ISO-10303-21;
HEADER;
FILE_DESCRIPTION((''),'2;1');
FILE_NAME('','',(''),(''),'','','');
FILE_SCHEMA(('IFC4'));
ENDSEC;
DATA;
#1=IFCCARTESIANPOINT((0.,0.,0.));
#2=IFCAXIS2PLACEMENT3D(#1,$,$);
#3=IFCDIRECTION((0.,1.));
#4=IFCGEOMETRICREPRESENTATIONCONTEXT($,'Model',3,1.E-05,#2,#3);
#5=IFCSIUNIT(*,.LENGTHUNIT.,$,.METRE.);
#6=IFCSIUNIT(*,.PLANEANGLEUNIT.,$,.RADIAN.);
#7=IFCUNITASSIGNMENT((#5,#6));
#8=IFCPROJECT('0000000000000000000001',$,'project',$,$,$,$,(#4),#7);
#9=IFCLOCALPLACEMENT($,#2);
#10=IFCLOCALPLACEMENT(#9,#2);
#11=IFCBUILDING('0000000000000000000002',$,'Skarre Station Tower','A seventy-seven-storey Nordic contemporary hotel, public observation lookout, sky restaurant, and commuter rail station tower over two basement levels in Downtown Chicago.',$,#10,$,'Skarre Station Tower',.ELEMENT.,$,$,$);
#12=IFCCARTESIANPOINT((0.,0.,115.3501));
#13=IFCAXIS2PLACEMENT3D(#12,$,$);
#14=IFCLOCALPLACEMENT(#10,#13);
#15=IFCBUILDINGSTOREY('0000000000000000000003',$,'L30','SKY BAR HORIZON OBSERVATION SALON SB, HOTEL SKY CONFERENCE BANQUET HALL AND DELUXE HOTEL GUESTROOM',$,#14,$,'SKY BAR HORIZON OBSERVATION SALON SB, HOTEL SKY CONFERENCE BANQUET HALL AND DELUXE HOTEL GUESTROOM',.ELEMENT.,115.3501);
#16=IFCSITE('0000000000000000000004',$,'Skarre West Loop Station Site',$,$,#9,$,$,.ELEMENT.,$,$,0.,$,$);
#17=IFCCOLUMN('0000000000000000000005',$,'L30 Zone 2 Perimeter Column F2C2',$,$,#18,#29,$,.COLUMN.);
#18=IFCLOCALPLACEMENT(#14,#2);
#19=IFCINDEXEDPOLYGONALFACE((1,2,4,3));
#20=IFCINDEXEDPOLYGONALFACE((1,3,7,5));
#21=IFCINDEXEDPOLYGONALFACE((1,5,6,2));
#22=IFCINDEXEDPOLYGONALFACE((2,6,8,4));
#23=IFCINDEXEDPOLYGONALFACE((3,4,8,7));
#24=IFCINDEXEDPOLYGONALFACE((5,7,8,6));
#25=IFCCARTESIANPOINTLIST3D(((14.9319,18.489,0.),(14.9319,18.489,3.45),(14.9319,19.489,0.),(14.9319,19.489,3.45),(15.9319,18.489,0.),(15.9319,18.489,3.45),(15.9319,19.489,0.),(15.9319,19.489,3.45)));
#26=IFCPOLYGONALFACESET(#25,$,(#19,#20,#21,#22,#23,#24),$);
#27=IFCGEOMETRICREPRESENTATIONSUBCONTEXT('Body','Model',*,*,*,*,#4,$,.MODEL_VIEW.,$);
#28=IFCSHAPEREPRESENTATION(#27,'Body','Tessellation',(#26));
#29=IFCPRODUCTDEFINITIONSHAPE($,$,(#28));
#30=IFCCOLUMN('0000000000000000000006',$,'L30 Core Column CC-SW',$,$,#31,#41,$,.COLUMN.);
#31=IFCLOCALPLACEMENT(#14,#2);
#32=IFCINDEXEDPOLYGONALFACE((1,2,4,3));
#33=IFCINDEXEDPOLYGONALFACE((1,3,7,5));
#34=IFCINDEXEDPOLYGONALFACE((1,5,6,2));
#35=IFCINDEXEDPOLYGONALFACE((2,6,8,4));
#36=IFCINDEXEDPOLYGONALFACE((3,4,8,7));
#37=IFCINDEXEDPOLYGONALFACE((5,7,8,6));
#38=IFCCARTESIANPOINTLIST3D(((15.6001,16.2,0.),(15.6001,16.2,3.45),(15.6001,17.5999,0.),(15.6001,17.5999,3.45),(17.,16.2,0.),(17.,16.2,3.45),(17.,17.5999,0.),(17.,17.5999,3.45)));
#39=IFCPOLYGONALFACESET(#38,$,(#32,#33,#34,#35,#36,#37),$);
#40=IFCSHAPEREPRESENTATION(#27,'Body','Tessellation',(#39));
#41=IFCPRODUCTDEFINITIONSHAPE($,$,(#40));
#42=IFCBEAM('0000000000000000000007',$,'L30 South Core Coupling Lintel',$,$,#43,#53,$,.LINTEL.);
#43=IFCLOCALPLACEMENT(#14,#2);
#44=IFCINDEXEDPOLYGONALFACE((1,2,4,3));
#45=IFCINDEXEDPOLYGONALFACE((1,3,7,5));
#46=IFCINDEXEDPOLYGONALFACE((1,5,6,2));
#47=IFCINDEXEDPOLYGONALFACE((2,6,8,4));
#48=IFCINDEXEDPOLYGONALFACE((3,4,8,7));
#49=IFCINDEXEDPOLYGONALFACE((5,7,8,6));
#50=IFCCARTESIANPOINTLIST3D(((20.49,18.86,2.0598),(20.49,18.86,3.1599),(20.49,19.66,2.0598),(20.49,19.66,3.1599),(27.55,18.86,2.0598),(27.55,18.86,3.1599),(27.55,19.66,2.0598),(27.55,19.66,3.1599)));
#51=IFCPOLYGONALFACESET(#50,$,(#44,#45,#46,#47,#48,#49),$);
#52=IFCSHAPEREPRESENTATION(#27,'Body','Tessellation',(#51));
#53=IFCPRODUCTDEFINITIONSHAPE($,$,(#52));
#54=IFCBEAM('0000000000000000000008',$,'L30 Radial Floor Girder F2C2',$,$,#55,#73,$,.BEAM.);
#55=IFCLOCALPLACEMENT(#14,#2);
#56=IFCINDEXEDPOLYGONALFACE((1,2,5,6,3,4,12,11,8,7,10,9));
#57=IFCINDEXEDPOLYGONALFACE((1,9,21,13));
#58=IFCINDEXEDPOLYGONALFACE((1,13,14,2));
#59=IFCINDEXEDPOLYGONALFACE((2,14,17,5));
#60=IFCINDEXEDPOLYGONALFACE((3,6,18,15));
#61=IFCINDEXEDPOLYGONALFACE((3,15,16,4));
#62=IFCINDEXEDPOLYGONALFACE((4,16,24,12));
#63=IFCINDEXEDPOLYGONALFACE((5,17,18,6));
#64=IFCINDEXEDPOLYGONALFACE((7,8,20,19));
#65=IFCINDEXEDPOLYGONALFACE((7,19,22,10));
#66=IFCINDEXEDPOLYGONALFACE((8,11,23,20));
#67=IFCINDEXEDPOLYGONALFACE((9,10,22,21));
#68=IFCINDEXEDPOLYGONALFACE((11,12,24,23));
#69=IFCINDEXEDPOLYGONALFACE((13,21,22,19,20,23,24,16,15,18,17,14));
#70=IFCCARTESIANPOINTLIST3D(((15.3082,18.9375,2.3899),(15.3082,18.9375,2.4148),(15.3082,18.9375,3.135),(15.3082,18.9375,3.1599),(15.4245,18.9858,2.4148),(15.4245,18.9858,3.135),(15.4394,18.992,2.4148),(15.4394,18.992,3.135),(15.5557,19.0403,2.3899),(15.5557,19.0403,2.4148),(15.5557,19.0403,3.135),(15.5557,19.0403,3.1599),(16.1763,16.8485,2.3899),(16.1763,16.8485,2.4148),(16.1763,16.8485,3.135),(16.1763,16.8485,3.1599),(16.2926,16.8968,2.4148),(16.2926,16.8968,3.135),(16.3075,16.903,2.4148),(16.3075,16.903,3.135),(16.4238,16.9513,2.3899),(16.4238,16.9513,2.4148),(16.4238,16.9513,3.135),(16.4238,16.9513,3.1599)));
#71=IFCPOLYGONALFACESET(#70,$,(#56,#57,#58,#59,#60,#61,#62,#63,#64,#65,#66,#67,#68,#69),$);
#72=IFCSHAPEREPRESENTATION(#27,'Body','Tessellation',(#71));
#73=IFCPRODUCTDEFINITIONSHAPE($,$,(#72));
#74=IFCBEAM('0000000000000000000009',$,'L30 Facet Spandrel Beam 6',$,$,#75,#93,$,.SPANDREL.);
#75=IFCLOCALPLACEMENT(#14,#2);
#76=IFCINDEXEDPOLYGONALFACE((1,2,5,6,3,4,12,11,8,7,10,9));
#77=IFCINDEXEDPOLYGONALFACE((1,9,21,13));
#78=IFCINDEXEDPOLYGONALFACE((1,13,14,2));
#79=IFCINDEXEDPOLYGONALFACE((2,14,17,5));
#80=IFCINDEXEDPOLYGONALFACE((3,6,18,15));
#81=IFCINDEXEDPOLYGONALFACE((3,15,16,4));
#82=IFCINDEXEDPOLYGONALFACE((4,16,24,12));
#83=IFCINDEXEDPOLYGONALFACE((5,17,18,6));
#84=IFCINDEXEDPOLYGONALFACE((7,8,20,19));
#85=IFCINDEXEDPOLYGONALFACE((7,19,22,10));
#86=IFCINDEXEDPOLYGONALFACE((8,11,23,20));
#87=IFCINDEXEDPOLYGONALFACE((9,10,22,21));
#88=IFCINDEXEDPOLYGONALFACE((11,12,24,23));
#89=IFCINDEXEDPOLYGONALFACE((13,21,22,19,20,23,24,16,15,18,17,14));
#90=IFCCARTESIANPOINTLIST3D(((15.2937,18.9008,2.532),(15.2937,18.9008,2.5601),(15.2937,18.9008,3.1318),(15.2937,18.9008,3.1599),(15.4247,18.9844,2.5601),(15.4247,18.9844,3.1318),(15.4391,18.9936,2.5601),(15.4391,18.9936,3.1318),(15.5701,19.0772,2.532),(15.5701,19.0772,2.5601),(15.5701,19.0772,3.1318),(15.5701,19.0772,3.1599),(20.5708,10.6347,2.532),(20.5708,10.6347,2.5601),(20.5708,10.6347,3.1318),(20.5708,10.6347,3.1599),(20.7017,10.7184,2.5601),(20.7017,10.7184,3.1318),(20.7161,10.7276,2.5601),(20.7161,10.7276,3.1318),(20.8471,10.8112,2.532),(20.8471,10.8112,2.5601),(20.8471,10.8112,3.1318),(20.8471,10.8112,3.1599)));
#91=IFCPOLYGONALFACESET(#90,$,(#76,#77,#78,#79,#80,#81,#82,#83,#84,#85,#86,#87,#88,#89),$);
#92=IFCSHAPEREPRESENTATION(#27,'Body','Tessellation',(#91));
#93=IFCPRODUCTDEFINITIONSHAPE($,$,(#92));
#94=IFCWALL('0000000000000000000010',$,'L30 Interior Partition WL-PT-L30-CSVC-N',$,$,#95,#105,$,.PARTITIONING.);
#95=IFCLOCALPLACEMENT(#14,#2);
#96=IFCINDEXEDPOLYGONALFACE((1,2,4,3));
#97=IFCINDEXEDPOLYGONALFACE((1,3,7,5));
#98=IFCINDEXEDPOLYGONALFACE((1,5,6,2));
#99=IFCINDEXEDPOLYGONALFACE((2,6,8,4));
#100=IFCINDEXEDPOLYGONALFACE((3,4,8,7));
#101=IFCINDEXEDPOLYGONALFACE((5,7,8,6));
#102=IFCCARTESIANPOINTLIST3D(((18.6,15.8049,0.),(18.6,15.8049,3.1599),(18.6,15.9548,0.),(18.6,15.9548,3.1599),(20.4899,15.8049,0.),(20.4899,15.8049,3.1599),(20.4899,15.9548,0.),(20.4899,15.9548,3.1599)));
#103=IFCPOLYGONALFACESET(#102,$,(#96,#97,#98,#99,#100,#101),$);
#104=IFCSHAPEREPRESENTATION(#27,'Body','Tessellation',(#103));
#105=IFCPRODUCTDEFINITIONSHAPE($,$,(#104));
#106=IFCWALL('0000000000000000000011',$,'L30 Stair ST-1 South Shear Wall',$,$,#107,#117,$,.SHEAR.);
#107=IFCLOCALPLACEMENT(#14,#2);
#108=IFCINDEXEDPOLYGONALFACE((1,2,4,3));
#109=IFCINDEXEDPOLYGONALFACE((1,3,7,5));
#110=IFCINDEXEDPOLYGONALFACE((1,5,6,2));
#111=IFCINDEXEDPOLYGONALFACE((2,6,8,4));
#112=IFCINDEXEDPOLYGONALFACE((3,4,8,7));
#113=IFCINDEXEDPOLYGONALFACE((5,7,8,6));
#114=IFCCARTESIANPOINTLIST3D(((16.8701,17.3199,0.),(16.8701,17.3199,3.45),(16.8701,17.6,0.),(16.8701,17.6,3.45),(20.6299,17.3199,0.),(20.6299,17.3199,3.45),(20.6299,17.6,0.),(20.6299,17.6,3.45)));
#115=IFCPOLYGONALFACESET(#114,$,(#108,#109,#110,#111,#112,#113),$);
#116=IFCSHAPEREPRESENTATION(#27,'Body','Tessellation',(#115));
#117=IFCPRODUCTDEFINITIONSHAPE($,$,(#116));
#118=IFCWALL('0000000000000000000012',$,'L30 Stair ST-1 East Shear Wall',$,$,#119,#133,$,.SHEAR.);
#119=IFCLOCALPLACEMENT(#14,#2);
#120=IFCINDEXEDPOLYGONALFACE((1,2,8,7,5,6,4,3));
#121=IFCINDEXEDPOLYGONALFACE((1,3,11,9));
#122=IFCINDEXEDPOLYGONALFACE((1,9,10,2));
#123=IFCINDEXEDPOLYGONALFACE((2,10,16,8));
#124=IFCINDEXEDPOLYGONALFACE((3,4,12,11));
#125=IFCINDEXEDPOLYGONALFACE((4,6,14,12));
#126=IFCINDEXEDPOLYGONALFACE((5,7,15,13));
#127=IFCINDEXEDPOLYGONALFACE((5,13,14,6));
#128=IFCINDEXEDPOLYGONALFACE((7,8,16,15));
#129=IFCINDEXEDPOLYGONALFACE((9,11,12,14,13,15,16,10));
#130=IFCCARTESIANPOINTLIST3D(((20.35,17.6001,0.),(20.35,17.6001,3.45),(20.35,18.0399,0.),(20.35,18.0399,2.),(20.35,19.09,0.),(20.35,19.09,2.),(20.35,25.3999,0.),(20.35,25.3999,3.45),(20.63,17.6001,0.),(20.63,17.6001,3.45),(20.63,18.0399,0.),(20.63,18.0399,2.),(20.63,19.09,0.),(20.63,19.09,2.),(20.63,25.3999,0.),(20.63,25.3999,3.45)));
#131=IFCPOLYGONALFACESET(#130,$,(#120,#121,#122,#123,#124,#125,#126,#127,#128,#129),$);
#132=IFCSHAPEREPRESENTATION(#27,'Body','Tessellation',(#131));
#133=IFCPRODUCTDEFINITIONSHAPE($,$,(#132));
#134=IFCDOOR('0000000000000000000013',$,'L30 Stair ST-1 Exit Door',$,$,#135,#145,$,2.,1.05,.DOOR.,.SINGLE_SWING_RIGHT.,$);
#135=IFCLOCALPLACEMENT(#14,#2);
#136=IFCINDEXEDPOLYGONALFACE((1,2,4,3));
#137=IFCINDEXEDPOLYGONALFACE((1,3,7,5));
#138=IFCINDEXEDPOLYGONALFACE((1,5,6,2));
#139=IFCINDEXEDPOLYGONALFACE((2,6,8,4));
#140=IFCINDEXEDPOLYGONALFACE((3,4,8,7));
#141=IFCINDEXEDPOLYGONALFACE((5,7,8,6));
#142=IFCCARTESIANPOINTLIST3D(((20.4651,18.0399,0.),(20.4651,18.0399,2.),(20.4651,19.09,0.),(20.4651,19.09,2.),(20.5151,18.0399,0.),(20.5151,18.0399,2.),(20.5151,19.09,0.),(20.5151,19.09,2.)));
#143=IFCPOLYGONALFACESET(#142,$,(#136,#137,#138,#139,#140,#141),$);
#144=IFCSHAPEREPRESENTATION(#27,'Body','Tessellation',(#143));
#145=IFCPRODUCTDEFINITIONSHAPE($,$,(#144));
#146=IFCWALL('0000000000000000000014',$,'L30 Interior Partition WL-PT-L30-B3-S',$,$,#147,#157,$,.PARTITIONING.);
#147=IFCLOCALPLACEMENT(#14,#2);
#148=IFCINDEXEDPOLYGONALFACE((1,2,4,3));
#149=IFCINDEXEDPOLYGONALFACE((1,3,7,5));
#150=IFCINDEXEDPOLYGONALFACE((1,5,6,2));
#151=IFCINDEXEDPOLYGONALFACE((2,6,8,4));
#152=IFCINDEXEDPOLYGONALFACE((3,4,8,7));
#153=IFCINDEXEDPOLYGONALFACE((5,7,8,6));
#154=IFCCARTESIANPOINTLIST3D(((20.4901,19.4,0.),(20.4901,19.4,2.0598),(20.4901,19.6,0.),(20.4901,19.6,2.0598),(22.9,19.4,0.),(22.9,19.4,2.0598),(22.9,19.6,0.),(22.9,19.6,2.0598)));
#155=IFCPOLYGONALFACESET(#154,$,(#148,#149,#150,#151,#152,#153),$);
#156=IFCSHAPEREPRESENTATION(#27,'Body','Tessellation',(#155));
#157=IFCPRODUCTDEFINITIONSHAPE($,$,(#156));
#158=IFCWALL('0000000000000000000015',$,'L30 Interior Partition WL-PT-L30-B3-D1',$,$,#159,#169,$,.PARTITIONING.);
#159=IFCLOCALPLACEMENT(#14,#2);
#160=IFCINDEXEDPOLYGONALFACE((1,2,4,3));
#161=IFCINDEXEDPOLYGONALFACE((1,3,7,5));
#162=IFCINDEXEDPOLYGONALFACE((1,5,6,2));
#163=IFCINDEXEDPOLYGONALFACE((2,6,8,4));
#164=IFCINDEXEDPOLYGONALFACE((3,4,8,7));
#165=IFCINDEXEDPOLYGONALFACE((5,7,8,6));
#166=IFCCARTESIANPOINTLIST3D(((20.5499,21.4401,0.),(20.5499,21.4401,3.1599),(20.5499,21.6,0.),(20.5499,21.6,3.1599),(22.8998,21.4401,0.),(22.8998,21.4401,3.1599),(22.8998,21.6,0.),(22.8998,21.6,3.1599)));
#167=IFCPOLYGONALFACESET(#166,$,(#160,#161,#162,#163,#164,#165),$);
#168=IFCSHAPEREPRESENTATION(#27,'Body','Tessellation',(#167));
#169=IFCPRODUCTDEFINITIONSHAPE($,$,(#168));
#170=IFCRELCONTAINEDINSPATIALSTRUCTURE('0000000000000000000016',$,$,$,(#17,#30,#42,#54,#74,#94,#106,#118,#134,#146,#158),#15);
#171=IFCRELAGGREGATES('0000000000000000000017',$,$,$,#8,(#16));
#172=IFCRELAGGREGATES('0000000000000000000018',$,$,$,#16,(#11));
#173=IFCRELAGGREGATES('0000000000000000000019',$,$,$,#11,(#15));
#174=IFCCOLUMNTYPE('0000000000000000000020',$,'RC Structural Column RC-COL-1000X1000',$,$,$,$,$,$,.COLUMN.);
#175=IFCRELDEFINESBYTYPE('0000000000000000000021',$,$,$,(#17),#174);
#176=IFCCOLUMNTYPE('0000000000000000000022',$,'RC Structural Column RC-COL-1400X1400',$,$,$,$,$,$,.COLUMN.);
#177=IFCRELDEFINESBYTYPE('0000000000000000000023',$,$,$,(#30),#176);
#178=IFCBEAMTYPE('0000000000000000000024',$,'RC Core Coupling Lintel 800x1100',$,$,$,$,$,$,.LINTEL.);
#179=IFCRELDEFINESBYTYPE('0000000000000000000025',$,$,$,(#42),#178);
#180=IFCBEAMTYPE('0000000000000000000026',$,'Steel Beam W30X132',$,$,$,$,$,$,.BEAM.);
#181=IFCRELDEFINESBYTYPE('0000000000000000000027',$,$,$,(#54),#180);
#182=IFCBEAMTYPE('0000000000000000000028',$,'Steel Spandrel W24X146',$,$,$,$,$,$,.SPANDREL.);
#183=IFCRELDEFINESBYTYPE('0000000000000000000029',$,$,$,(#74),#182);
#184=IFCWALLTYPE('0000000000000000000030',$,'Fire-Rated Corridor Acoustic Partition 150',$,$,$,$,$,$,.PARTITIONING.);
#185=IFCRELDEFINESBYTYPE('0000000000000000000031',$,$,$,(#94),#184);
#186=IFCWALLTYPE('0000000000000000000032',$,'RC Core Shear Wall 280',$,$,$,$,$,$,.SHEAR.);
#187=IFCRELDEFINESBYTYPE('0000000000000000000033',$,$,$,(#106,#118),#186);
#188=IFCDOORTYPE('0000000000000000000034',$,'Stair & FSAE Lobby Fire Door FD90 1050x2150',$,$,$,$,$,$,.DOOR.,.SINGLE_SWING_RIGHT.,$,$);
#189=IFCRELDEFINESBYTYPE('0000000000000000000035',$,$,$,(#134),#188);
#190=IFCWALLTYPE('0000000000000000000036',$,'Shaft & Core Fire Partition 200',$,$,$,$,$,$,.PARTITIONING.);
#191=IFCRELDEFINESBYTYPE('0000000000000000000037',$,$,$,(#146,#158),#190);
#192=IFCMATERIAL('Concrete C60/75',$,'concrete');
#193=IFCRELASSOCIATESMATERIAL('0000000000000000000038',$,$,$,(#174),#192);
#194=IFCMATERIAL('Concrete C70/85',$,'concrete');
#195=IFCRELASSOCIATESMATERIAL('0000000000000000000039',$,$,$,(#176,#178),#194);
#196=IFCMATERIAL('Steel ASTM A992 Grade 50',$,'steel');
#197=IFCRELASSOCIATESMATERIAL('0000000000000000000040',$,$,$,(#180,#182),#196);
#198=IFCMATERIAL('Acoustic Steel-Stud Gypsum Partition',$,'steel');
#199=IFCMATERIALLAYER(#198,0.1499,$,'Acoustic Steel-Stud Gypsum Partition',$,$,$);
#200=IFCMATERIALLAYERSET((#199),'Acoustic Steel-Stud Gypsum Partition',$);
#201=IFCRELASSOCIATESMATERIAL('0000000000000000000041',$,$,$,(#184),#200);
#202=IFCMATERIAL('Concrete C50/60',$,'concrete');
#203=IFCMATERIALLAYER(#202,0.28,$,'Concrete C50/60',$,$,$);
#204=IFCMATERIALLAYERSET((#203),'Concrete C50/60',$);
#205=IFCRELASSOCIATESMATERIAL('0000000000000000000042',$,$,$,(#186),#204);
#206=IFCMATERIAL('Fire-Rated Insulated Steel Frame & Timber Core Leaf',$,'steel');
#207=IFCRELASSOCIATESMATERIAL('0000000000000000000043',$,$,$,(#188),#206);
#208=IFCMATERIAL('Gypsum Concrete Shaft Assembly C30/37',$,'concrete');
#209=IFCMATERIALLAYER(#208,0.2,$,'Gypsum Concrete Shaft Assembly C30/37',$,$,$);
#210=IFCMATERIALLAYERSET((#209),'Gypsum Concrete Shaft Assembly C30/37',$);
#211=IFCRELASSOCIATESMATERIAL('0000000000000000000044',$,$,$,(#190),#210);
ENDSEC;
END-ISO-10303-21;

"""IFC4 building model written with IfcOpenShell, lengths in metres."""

from ifc_helpers import new_model, si_unit, direction, frame, frame_2d, origin, origin_2d, place, context, subcontext, project, spatial, rectangle, i_section, extrude, material, layer, layer_set, material_profile, profile_set, type_object, element, fill, save


model = new_model("IFC4")

# Units and contexts
model_context = context("Model", 3, precision=1e-05, world=origin(), true_north=direction((0.0, 1.0)))
body_context = subcontext(model_context, "Body", "Model", "MODEL_VIEW")
ifc_project = project(units=[si_unit("LENGTHUNIT", "METRE"), si_unit("PLANEANGLEUNIT", "RADIAN")], contexts=[model_context])

# Site, building, storey
site_placement = place(None, origin())
site = spatial("IfcSite", under=ifc_project, at=site_placement, Name="Skarre West Loop Station Site", CompositionType="ELEMENT", RefElevation=0.0)
building_placement = place(site_placement, origin())
building = spatial("IfcBuilding", under=site, at=building_placement, Name="Skarre Station Tower", Description="A seventy-seven-storey Nordic contemporary hotel, public observation lookout, sky restaurant, and commuter rail station tower over two basement levels in Downtown Chicago.", LongName="Skarre Station Tower", CompositionType="ELEMENT")
storey_placement = place(building_placement, frame((0.0, 0.0, 115.3501)))
storey = spatial("IfcBuildingStorey", under=building, at=storey_placement, Name="L30", Description="SKY BAR HORIZON OBSERVATION SALON SB, HOTEL SKY CONFERENCE BANQUET HALL AND DELUXE HOTEL GUESTROOM", LongName="SKY BAR HORIZON OBSERVATION SALON SB, HOTEL SKY CONFERENCE BANQUET HALL AND DELUXE HOTEL GUESTROOM", CompositionType="ELEMENT", Elevation=115.3501)

# Columns
ifc_material_1 = material(Name="Concrete C60/75", Category="concrete")
ifc_material_profile_1 = material_profile(ifc_material_1, rectangle(XDim=1.0, YDim=1.0, at=origin_2d()), Name="Concrete C60/75")
ifc_profile_set_1 = profile_set([ifc_material_profile_1], Name="Concrete C60/75")
column_type_1 = type_object("IfcColumnType", Name="RC Structural Column RC-COL-1000X1000", PredefinedType="COLUMN", material=ifc_profile_set_1)
column_1_placement = place(storey_placement, frame((15.4319, 18.989, 0.0), z_axis=(0.0, 0.0, 1.0), x_axis=(1.0, 0.0, 0.0)))
element("IfcColumn", 1, at=column_1_placement, inside=storey, type_object=column_type_1, Name="L30 Zone 2 Perimeter Column F2C2", PredefinedType="COLUMN", context=body_context, shape_type="SweptSolid", body=[
    extrude(rectangle(XDim=1.0, YDim=1.0, at=origin_2d()), origin(), (0.0, 0.0, 1.0), 3.45),
])
ifc_material_2 = material(Name="Concrete C70/85", Category="concrete")
ifc_material_profile_2 = material_profile(ifc_material_2, rectangle(XDim=1.3999, YDim=1.3999, at=origin_2d()), Name="Concrete C70/85")
ifc_profile_set_2 = profile_set([ifc_material_profile_2], Name="Concrete C70/85")
column_type_2 = type_object("IfcColumnType", Name="RC Structural Column RC-COL-1400X1400", PredefinedType="COLUMN", material=ifc_profile_set_2)
column_2_placement = place(storey_placement, frame((16.3, 16.8999, 0.0), z_axis=(0.0, 0.0, 1.0), x_axis=(1.0, 0.0, 0.0)))
element("IfcColumn", 2, at=column_2_placement, inside=storey, type_object=column_type_2, Name="L30 Core Column CC-SW", PredefinedType="COLUMN", context=body_context, shape_type="SweptSolid", body=[
    extrude(rectangle(XDim=1.3999, YDim=1.3999, at=origin_2d()), origin(), (0.0, 0.0, 1.0), 3.45),
])

# Beams
ifc_material_profile_3 = material_profile(ifc_material_2, rectangle(XDim=0.8, YDim=1.1001, at=origin_2d()), Name="Concrete C70/85")
ifc_profile_set_3 = profile_set([ifc_material_profile_3], Name="Concrete C70/85")
beam_type_1 = type_object("IfcBeamType", Name="RC Core Coupling Lintel 800x1100", PredefinedType="LINTEL", material=ifc_profile_set_3)
beam_1_placement = place(storey_placement, frame((20.49, 19.26, 2.6099), z_axis=(1.0, 0.0, 0.0), x_axis=(0.0, 1.0, 0.0)))
element("IfcBeam", 3, at=beam_1_placement, inside=storey, type_object=beam_type_1, Name="L30 South Core Coupling Lintel", PredefinedType="LINTEL", context=body_context, shape_type="SweptSolid", body=[
    extrude(rectangle(XDim=0.8, YDim=1.1001, at=origin_2d()), origin(), (0.0, 0.0, 1.0), 7.0601),
])
ifc_material_3 = material(Name="Steel ASTM A992 Grade 50", Category="steel")
ifc_material_profile_4 = material_profile(ifc_material_3, i_section(OverallWidth=0.2681, OverallDepth=0.77, WebThickness=0.0161, FlangeThickness=0.0249, at=origin_2d()), Name="Steel ASTM A992 Grade 50")
ifc_profile_set_4 = profile_set([ifc_material_profile_4], Name="Steel ASTM A992 Grade 50")
beam_type_2 = type_object("IfcBeamType", Name="Steel Beam W30X132", PredefinedType="BEAM", material=ifc_profile_set_4)
beam_2_placement = place(storey_placement, frame((16.3, 16.8999, 2.7749), z_axis=(-0.383749, 0.923437, 0.0), x_axis=(-0.923437, -0.383749, 0.0)))
element("IfcBeam", 4, at=beam_2_placement, inside=storey, type_object=beam_type_2, Name="L30 Radial Floor Girder F2C2", PredefinedType="BEAM", context=body_context, shape_type="SweptSolid", body=[
    extrude(i_section(OverallWidth=0.2681, OverallDepth=0.77, WebThickness=0.0161, FlangeThickness=0.0249, at=origin_2d()), origin(), (0.0, 0.0, 1.0), 2.2622),
])
ifc_material_profile_5 = material_profile(ifc_material_3, i_section(OverallWidth=0.3279, OverallDepth=0.6279, WebThickness=0.0171, FlangeThickness=0.0281, at=origin_2d()), Name="Steel ASTM A992 Grade 50")
ifc_profile_set_5 = profile_set([ifc_material_profile_5], Name="Steel ASTM A992 Grade 50")
beam_type_3 = type_object("IfcBeamType", Name="Steel Spandrel W24X146", PredefinedType="SPANDREL", material=ifc_profile_set_5)
beam_3_placement = place(storey_placement, frame((15.4319, 18.989, 2.8459), z_axis=(0.538098, -0.842883, 0.0), x_axis=(0.842883, 0.538098, 0.0)))
element("IfcBeam", 5, at=beam_3_placement, inside=storey, type_object=beam_type_3, Name="L30 Facet Spandrel Beam 6", PredefinedType="SPANDREL", context=body_context, shape_type="SweptSolid", body=[
    extrude(i_section(OverallWidth=0.3279, OverallDepth=0.6279, WebThickness=0.0171, FlangeThickness=0.0281, at=origin_2d()), origin(), (0.0, 0.0, 1.0), 9.8069),
])

# Walls
ifc_material_4 = material(Name="Acoustic Steel-Stud Gypsum Partition", Category="steel")
ifc_layer_1 = layer(ifc_material_4, 0.1499, Name="Acoustic Steel-Stud Gypsum Partition")
ifc_layer_set_1 = layer_set([ifc_layer_1], Name="Acoustic Steel-Stud Gypsum Partition")
wall_type_1 = type_object("IfcWallType", Name="Fire-Rated Corridor Acoustic Partition 150", PredefinedType="PARTITIONING", material=ifc_layer_set_1)
wall_1_placement = place(storey_placement, frame((18.6001, 15.8799, 0.0), z_axis=(0.0, 0.0, 1.0), x_axis=(1.0, 0.0, 0.0)))
element("IfcWall", 6, at=wall_1_placement, inside=storey, type_object=wall_type_1, Name="L30 Interior Partition WL-PT-L30-CSVC-N", PredefinedType="PARTITIONING", context=body_context, shape_type="SweptSolid", body=[
    extrude(rectangle(XDim=1.8899, YDim=0.1499, at=frame_2d((0.9448, 0.0))), origin(), (0.0, 0.0, 1.0), 3.1599),
])
ifc_material_5 = material(Name="Concrete C50/60", Category="concrete")
ifc_layer_2 = layer(ifc_material_5, 0.28, Name="Concrete C50/60")
ifc_layer_set_2 = layer_set([ifc_layer_2], Name="Concrete C50/60")
wall_type_2 = type_object("IfcWallType", Name="RC Core Shear Wall 280", PredefinedType="SHEAR", material=ifc_layer_set_2)
wall_2_placement = place(storey_placement, frame((16.8701, 17.46, 0.0), z_axis=(0.0, 0.0, 1.0), x_axis=(1.0, 0.0, 0.0)))
element("IfcWall", 7, at=wall_2_placement, inside=storey, type_object=wall_type_2, Name="L30 Stair ST-1 South Shear Wall", PredefinedType="SHEAR", context=body_context, shape_type="SweptSolid", body=[
    extrude(rectangle(XDim=3.7598, YDim=0.28, at=frame_2d((1.8799, 0.0))), origin(), (0.0, 0.0, 1.0), 3.45),
])

# Wall, opening, door
wall_3_placement = place(storey_placement, frame((20.49, 17.6001, 0.0), z_axis=(0.0, 0.0, 1.0), x_axis=(0.0, 1.0, 0.0)))
wall_3 = element("IfcWall", 8, at=wall_3_placement, inside=storey, type_object=wall_type_2, Name="L30 Stair ST-1 East Shear Wall", PredefinedType="SHEAR", context=body_context, shape_type="SweptSolid", body=[
    extrude(rectangle(XDim=7.7998, YDim=0.28, at=frame_2d((3.8999, 0.0))), origin(), (0.0, 0.0, 1.0), 3.45),
])
opening_placement = place(wall_3_placement, frame((0.4399, 0.0, 0.0)))
opening = element("IfcOpeningElement", 9, at=opening_placement, cuts=wall_3, PredefinedType="OPENING", context=body_context, shape_type="SweptSolid", body=[
    extrude(rectangle(XDim=1.05, YDim=2.0, at=frame_2d((0.5249, 1.0))), frame((0.0, 0.1499, 0.0), z_axis=(0.0, -1.0, 0.0), x_axis=(1.0, 0.0, 0.0)), (0.0, 0.0, 1.0), 0.3),
])
ifc_material_6 = material(Name="Fire-Rated Insulated Steel Frame & Timber Core Leaf", Category="steel")
door_type = type_object("IfcDoorType", Name="Stair & FSAE Lobby Fire Door FD90 1050x2150", OperationType="SINGLE_SWING_RIGHT", PredefinedType="DOOR", material=ifc_material_6)
door_placement = place(opening_placement, origin())
door = element("IfcDoor", 10, at=door_placement, inside=storey, type_object=door_type, Name="L30 Stair ST-1 Exit Door", OperationType="SINGLE_SWING_RIGHT", OverallHeight=2.0, OverallWidth=1.05, PredefinedType="DOOR", context=body_context, shape_type="SweptSolid", body=[
    extrude(rectangle(XDim=1.05, YDim=2.0, at=frame_2d((0.5249, 1.0))), frame((0.0, 0.0249, 0.0), z_axis=(0.0, -1.0, 0.0), x_axis=(1.0, 0.0, 0.0)), (0.0, 0.0, 1.0), 0.05),
])
fill(opening, door)

# Walls
ifc_material_7 = material(Name="Gypsum Concrete Shaft Assembly C30/37", Category="concrete")
ifc_layer_3 = layer(ifc_material_7, 0.2, Name="Gypsum Concrete Shaft Assembly C30/37")
ifc_layer_set_3 = layer_set([ifc_layer_3], Name="Gypsum Concrete Shaft Assembly C30/37")
wall_type_3 = type_object("IfcWallType", Name="Shaft & Core Fire Partition 200", PredefinedType="PARTITIONING", material=ifc_layer_set_3)
wall_4_placement = place(storey_placement, frame((20.49, 19.5, 0.0), z_axis=(0.0, 0.0, 1.0), x_axis=(1.0, 0.0, 0.0)))
element("IfcWall", 11, at=wall_4_placement, inside=storey, type_object=wall_type_3, Name="L30 Interior Partition WL-PT-L30-B3-S", PredefinedType="PARTITIONING", context=body_context, shape_type="SweptSolid", body=[
    extrude(rectangle(XDim=2.4099, YDim=0.2, at=frame_2d((1.2051, 0.0))), origin(), (0.0, 0.0, 1.0), 2.0598),
])
wall_5_placement = place(storey_placement, frame((20.55, 21.52, 0.0), z_axis=(0.0, 0.0, 1.0), x_axis=(1.0, 0.0, 0.0)))
element("IfcWall", 12, at=wall_5_placement, inside=storey, type_object=wall_type_3, Name="L30 Interior Partition WL-PT-L30-B3-D1", PredefinedType="PARTITIONING", context=body_context, shape_type="SweptSolid", body=[
    extrude(rectangle(XDim=2.3499, YDim=0.1599, at=frame_2d((1.1748, 0.0))), origin(), (0.0, 0.0, 1.0), 3.1599),
])

save(model, "model.ifc")
